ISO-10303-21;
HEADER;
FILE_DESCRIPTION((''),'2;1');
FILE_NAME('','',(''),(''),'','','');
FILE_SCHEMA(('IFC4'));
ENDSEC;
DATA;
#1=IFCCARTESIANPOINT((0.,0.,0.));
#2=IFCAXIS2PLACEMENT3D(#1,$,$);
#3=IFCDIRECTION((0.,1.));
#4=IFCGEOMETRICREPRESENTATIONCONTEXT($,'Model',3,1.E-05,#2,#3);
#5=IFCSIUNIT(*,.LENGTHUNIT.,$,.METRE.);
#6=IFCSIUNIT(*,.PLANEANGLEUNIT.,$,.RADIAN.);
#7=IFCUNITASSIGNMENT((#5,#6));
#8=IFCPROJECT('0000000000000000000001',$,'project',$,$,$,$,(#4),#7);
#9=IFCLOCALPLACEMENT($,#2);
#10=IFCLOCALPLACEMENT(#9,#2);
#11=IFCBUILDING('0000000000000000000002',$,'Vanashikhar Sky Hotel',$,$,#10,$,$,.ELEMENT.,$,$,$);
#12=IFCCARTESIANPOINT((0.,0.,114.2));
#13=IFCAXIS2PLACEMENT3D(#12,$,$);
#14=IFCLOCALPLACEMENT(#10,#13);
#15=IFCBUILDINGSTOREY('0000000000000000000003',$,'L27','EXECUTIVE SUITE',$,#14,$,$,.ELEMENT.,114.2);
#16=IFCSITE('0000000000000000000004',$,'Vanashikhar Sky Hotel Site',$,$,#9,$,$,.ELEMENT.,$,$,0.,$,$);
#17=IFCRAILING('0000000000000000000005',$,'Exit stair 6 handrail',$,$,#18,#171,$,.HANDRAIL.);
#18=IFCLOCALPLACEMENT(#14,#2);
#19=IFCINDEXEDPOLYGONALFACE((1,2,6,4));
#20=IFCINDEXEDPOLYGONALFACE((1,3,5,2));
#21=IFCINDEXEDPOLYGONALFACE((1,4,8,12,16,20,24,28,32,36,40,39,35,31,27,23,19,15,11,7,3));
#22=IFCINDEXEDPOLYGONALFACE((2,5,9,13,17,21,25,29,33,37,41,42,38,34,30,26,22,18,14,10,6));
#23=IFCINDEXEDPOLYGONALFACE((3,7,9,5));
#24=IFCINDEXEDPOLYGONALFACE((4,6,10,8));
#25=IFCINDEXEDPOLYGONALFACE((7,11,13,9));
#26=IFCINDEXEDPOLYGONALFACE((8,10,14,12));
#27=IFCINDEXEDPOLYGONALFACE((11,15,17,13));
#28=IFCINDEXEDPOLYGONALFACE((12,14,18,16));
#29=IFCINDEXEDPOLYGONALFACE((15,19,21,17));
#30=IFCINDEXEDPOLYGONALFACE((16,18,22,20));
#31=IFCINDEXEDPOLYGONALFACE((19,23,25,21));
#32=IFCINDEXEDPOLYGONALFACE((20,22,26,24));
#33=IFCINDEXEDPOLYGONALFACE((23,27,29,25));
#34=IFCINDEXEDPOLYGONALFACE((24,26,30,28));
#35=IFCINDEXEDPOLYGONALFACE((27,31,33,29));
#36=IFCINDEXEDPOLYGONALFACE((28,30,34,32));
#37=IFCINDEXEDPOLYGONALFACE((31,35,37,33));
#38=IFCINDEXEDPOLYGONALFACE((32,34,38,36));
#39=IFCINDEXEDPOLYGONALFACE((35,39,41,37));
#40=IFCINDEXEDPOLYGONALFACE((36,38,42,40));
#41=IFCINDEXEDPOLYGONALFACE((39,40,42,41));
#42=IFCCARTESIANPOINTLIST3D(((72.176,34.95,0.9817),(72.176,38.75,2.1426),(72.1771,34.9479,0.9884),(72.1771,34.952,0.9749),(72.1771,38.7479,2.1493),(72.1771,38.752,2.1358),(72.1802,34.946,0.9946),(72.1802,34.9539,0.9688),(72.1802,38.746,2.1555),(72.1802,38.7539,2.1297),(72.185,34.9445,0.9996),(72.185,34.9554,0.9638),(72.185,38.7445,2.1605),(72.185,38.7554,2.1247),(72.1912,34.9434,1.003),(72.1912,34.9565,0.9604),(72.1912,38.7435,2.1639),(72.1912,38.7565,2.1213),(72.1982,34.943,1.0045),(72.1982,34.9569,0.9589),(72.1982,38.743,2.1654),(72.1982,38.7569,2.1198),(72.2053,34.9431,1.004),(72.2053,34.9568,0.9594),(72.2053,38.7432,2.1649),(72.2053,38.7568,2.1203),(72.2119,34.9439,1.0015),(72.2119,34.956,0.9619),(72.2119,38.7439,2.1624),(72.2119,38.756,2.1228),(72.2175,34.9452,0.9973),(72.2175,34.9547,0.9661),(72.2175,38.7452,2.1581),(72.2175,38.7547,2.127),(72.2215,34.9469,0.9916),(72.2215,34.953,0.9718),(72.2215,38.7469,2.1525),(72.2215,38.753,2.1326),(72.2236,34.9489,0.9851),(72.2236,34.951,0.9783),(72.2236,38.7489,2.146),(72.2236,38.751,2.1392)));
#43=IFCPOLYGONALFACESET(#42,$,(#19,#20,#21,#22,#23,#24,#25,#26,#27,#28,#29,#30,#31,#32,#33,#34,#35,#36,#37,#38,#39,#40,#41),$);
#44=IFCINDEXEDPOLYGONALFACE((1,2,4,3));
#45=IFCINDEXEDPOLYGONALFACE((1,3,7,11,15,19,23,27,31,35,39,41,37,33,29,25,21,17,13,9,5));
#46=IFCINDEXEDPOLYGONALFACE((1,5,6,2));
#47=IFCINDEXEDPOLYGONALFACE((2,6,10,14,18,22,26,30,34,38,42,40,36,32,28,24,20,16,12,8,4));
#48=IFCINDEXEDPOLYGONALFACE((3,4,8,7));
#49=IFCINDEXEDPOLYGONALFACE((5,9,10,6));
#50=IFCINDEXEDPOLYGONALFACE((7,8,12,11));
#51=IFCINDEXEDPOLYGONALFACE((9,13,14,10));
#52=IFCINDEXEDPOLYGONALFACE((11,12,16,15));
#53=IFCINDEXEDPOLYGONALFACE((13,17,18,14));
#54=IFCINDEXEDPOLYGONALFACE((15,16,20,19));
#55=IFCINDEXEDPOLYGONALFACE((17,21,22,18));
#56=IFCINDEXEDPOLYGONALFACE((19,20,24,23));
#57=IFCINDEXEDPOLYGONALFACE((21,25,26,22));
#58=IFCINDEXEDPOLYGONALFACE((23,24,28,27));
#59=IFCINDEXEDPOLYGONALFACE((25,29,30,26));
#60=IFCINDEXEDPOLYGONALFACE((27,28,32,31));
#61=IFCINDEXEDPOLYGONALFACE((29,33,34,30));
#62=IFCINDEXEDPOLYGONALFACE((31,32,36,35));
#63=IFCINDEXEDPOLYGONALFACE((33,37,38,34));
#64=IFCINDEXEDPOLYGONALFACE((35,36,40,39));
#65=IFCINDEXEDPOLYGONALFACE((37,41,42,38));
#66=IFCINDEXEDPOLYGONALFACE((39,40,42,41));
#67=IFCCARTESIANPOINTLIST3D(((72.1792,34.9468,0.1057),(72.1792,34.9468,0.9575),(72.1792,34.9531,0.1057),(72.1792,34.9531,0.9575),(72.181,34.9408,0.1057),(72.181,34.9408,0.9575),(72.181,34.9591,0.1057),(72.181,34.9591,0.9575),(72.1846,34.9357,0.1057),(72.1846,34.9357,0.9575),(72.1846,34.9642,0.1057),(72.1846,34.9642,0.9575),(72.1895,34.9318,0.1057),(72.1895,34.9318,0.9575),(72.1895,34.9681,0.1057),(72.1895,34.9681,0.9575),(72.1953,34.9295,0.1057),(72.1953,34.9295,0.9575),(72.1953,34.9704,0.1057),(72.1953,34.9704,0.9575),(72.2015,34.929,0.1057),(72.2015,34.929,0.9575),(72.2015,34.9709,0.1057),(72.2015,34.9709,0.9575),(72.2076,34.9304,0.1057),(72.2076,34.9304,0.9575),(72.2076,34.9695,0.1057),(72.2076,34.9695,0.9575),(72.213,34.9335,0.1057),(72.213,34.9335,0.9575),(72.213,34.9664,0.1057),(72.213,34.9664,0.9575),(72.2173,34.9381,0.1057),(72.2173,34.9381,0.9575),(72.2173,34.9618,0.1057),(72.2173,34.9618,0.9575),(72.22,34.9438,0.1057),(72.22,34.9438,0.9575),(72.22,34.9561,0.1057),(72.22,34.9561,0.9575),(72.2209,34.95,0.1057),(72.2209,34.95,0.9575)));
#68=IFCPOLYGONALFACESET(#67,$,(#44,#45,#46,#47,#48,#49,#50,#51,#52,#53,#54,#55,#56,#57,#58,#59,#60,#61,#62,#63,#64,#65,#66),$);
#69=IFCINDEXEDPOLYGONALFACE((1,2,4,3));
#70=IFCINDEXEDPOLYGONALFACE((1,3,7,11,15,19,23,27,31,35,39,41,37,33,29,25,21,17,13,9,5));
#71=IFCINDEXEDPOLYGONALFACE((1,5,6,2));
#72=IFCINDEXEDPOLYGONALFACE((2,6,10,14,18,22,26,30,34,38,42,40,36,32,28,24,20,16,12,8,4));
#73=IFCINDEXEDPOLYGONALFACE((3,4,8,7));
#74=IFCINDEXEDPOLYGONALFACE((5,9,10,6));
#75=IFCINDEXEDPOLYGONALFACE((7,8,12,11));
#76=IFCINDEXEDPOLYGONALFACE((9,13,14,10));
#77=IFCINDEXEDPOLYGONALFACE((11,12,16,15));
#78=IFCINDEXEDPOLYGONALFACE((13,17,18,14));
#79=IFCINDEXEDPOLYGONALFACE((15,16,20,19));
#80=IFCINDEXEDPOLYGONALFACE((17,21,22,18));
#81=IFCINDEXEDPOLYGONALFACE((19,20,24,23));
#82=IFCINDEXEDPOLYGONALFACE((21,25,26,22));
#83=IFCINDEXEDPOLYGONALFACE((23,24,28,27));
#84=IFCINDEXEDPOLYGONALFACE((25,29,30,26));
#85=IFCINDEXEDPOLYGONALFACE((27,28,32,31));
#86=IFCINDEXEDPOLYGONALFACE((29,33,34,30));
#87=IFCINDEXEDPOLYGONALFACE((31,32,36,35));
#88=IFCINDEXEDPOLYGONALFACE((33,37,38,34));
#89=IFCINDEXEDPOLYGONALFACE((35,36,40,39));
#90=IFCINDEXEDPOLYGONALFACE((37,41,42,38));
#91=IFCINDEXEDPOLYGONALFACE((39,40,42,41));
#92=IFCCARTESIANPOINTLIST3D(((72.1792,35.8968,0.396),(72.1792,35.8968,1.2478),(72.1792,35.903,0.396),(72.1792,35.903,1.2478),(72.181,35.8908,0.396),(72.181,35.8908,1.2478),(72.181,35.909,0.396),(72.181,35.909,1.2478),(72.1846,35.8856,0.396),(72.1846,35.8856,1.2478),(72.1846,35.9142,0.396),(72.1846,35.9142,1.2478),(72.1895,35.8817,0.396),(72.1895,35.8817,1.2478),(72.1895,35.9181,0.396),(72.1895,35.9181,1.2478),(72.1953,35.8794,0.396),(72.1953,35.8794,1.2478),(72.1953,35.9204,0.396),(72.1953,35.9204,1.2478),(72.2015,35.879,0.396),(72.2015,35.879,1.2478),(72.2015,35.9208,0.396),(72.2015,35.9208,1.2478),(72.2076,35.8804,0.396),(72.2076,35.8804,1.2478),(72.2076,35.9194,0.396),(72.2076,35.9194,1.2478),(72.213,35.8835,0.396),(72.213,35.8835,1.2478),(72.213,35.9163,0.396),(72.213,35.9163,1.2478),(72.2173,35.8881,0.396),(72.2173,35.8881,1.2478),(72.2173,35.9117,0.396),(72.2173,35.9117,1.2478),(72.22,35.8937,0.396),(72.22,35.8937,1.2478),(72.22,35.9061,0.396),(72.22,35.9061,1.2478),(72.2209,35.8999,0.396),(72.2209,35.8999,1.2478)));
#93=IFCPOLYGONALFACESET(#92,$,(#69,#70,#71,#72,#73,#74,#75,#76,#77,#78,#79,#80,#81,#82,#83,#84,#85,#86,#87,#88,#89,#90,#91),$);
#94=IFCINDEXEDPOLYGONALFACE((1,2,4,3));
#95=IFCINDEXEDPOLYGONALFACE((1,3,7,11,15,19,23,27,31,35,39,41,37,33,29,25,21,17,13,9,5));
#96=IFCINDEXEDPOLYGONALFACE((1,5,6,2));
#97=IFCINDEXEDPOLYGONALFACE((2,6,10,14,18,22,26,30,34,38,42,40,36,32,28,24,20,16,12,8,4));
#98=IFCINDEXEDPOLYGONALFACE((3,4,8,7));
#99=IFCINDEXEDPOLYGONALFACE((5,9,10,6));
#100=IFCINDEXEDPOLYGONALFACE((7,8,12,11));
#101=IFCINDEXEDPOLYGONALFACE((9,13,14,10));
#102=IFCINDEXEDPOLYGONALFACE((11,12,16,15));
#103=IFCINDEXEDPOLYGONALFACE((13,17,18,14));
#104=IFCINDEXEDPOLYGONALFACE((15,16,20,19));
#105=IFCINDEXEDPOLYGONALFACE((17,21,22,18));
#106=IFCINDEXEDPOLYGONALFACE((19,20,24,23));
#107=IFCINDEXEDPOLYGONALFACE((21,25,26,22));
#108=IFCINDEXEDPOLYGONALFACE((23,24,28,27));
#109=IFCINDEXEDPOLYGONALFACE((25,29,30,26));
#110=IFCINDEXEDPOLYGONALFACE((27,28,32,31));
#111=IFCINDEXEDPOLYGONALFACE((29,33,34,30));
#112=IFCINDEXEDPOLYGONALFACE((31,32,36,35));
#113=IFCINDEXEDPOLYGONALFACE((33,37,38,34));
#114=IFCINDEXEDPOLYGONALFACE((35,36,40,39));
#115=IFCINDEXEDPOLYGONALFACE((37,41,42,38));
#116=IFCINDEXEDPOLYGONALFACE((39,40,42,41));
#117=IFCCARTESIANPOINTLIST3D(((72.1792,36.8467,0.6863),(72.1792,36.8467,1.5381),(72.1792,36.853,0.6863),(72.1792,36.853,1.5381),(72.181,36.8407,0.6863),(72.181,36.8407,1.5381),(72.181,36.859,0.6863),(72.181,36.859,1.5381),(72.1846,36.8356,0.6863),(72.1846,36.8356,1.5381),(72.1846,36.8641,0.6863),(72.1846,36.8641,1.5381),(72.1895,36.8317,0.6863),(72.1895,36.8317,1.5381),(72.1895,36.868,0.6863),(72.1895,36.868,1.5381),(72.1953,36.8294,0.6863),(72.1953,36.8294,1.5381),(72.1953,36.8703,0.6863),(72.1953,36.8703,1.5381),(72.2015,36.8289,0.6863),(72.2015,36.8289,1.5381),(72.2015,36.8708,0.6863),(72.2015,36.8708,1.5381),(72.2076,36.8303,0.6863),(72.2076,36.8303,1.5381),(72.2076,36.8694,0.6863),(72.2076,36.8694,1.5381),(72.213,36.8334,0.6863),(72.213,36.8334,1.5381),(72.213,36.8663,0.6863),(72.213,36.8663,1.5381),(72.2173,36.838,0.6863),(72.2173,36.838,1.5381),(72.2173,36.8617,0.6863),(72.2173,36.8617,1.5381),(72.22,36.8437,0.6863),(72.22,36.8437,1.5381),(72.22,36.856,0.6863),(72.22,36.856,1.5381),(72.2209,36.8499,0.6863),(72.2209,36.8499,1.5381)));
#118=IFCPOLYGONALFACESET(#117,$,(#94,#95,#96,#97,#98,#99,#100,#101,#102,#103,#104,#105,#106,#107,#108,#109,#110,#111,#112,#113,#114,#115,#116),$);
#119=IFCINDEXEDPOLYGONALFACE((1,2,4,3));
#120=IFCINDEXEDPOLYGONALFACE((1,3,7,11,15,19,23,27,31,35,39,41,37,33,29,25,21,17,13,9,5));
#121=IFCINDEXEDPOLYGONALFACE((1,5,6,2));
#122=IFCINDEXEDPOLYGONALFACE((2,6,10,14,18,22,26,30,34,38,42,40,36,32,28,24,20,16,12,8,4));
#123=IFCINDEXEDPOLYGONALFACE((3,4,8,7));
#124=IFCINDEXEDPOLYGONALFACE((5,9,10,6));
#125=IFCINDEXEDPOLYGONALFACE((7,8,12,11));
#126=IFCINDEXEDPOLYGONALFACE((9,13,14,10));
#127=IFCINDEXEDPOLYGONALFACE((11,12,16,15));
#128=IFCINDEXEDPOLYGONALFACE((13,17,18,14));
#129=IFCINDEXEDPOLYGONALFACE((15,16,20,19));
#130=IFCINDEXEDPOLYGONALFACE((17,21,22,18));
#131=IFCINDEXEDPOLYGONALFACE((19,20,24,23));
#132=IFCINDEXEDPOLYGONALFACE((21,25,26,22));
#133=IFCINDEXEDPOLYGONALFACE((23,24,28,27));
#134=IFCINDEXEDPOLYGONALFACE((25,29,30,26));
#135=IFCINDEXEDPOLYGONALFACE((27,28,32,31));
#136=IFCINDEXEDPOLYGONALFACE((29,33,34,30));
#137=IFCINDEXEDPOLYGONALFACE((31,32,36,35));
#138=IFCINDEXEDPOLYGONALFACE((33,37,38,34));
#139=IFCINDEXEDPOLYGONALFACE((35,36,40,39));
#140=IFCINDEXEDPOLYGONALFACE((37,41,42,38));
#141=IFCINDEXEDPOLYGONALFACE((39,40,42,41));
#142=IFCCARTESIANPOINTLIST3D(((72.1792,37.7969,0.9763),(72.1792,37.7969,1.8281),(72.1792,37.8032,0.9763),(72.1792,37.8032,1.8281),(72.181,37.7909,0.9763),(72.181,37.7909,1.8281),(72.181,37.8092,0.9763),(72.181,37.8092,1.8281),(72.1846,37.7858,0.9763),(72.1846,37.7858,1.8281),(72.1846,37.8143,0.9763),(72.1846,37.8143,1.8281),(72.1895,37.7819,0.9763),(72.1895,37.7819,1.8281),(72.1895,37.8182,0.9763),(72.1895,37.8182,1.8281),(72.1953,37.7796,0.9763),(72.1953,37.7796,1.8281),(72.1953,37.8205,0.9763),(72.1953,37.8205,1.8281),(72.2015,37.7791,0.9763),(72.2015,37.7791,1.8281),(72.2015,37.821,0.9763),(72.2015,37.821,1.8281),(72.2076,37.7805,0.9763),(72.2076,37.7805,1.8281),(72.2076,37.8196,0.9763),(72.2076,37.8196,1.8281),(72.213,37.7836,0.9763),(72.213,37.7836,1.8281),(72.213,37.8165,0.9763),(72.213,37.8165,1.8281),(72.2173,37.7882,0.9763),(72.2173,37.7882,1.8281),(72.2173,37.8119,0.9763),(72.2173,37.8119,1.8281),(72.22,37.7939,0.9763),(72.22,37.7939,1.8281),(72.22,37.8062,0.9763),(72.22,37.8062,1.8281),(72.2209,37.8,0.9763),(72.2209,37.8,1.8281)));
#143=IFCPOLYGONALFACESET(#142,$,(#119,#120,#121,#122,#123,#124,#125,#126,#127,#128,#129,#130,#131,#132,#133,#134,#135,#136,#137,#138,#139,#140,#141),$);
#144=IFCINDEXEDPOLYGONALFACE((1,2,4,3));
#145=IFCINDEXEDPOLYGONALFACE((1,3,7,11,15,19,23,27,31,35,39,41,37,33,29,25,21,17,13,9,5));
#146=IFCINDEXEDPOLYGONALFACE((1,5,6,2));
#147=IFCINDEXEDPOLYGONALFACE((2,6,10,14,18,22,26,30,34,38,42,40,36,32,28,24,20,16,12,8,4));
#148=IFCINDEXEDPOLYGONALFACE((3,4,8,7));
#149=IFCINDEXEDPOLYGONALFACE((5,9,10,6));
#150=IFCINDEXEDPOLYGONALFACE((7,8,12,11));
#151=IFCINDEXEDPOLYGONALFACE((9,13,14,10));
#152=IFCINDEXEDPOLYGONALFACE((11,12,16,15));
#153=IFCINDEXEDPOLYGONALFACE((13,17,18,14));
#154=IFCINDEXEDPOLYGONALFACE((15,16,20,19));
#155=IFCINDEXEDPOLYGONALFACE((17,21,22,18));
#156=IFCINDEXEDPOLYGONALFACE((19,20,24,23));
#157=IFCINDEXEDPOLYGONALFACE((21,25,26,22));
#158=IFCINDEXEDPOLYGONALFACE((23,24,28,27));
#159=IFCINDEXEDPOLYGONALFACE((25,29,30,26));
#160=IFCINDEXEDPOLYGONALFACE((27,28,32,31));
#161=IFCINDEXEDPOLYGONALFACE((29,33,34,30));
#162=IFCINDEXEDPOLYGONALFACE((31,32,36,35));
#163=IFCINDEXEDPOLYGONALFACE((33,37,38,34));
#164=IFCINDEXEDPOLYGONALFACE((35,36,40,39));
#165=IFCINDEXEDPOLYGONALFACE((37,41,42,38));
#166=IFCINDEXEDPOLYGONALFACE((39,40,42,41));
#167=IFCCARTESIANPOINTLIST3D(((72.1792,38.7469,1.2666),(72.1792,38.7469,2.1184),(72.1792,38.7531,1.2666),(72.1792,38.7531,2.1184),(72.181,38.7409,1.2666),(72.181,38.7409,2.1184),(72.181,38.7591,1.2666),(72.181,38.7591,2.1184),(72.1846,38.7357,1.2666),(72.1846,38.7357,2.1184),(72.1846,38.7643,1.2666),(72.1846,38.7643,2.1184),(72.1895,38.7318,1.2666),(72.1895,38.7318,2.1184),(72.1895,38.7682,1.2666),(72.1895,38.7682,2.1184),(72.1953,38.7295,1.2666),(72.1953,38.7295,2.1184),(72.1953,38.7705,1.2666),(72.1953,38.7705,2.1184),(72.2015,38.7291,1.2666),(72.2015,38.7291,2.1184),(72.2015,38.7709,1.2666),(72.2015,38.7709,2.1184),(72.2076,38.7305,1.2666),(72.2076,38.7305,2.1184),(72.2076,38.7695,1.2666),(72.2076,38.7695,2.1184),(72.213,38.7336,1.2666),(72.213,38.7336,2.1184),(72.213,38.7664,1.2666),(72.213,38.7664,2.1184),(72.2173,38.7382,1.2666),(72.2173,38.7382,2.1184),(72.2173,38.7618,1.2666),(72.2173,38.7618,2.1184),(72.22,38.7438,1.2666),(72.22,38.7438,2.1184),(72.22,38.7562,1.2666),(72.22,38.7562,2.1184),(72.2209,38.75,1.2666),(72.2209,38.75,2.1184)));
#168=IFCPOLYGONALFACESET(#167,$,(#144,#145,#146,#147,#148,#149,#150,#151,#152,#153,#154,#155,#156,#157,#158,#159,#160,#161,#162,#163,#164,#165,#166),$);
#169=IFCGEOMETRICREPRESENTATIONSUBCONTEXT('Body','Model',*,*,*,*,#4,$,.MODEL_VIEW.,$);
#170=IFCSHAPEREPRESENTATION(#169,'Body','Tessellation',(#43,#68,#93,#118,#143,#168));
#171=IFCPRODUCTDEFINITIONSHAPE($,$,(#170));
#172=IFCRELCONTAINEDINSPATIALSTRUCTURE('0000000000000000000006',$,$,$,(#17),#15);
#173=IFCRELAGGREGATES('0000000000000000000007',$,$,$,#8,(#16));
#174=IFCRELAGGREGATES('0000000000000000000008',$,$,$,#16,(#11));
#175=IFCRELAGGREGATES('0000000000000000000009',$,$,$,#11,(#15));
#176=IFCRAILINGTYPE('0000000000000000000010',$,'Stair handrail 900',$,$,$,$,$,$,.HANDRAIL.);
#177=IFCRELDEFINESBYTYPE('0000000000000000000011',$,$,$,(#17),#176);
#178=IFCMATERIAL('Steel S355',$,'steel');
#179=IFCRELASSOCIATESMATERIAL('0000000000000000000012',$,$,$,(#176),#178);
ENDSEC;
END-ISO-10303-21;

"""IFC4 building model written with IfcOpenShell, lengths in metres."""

from ifc_helpers import new_model, si_unit, direction, frame, origin, origin_2d, place, context, subcontext, project, spatial, circle, extrude, source, transform, mapped, material, type_object, element, save


model = new_model("IFC4")

# Units and contexts
model_context = context("Model", 3, precision=1e-05, world=origin(), true_north=direction((0.0, 1.0)))
body_context = subcontext(model_context, "Body", "Model", "MODEL_VIEW")
ifc_project = project(units=[si_unit("LENGTHUNIT", "METRE"), si_unit("PLANEANGLEUNIT", "RADIAN")], contexts=[model_context])

# Site, building, storey
site_placement = place(None, origin())
site = spatial("IfcSite", under=ifc_project, at=site_placement, Name="Vanashikhar Sky Hotel Site", CompositionType="ELEMENT", RefElevation=0.0)
building_placement = place(site_placement, origin())
building = spatial("IfcBuilding", under=site, at=building_placement, Name="Vanashikhar Sky Hotel", CompositionType="ELEMENT")
storey_placement = place(building_placement, frame((0.0, 0.0, 114.2)))
storey = spatial("IfcBuildingStorey", under=building, at=storey_placement, Name="L27", Description="EXECUTIVE SUITE", CompositionType="ELEMENT", Elevation=114.2)

# Railing
ifc_material_1 = material(Name="Steel S355", Category="steel")
railing_type_1 = type_object("IfcRailingType", Name="Stair handrail 900", PredefinedType="HANDRAIL", material=ifc_material_1)
shared_shape_1 = source(origin(), body_context, "Body", "SweptSolid", [
    extrude(circle(Radius=0.0239, at=origin_2d()), frame((0.0, 0.0, 0.876), z_axis=(0.0, 0.956368, 0.292164), x_axis=(-1.0, 0.0, 0.0)), (0.0, 0.0, 1.0), 3.9734),
    extrude(circle(Radius=0.021, at=origin_2d()), origin(), (0.0, 0.0, 1.0), 0.8518),
    extrude(circle(Radius=0.021, at=origin_2d()), frame((0.0, 0.95, 0.2903)), (0.0, 0.0, 1.0), 0.8518),
    extrude(circle(Radius=0.021, at=origin_2d()), frame((0.0, 1.8999, 0.5806)), (0.0, 0.0, 1.0), 0.8518),
    extrude(circle(Radius=0.021, at=origin_2d()), frame((0.0, 2.8501, 0.8706)), (0.0, 0.0, 1.0), 0.8518),
    extrude(circle(Radius=0.021, at=origin_2d()), frame((0.0, 3.8, 1.1609)), (0.0, 0.0, 1.0), 0.8518),
])
for number, where, name in (
    (1, (72.2, 34.95, 0.1057), "Exit stair 6 handrail"),
):
    element("IfcRailing", number, at=place(storey_placement, frame(where)), inside=storey, type_object=railing_type_1, Name=name, PredefinedType="HANDRAIL", context=body_context, shape_type="MappedRepresentation", body=[
        mapped(shared_shape_1, transform((0.0, 0.0, 0.0), scale=1.0)),
    ])

save(model, "model.ifc")
